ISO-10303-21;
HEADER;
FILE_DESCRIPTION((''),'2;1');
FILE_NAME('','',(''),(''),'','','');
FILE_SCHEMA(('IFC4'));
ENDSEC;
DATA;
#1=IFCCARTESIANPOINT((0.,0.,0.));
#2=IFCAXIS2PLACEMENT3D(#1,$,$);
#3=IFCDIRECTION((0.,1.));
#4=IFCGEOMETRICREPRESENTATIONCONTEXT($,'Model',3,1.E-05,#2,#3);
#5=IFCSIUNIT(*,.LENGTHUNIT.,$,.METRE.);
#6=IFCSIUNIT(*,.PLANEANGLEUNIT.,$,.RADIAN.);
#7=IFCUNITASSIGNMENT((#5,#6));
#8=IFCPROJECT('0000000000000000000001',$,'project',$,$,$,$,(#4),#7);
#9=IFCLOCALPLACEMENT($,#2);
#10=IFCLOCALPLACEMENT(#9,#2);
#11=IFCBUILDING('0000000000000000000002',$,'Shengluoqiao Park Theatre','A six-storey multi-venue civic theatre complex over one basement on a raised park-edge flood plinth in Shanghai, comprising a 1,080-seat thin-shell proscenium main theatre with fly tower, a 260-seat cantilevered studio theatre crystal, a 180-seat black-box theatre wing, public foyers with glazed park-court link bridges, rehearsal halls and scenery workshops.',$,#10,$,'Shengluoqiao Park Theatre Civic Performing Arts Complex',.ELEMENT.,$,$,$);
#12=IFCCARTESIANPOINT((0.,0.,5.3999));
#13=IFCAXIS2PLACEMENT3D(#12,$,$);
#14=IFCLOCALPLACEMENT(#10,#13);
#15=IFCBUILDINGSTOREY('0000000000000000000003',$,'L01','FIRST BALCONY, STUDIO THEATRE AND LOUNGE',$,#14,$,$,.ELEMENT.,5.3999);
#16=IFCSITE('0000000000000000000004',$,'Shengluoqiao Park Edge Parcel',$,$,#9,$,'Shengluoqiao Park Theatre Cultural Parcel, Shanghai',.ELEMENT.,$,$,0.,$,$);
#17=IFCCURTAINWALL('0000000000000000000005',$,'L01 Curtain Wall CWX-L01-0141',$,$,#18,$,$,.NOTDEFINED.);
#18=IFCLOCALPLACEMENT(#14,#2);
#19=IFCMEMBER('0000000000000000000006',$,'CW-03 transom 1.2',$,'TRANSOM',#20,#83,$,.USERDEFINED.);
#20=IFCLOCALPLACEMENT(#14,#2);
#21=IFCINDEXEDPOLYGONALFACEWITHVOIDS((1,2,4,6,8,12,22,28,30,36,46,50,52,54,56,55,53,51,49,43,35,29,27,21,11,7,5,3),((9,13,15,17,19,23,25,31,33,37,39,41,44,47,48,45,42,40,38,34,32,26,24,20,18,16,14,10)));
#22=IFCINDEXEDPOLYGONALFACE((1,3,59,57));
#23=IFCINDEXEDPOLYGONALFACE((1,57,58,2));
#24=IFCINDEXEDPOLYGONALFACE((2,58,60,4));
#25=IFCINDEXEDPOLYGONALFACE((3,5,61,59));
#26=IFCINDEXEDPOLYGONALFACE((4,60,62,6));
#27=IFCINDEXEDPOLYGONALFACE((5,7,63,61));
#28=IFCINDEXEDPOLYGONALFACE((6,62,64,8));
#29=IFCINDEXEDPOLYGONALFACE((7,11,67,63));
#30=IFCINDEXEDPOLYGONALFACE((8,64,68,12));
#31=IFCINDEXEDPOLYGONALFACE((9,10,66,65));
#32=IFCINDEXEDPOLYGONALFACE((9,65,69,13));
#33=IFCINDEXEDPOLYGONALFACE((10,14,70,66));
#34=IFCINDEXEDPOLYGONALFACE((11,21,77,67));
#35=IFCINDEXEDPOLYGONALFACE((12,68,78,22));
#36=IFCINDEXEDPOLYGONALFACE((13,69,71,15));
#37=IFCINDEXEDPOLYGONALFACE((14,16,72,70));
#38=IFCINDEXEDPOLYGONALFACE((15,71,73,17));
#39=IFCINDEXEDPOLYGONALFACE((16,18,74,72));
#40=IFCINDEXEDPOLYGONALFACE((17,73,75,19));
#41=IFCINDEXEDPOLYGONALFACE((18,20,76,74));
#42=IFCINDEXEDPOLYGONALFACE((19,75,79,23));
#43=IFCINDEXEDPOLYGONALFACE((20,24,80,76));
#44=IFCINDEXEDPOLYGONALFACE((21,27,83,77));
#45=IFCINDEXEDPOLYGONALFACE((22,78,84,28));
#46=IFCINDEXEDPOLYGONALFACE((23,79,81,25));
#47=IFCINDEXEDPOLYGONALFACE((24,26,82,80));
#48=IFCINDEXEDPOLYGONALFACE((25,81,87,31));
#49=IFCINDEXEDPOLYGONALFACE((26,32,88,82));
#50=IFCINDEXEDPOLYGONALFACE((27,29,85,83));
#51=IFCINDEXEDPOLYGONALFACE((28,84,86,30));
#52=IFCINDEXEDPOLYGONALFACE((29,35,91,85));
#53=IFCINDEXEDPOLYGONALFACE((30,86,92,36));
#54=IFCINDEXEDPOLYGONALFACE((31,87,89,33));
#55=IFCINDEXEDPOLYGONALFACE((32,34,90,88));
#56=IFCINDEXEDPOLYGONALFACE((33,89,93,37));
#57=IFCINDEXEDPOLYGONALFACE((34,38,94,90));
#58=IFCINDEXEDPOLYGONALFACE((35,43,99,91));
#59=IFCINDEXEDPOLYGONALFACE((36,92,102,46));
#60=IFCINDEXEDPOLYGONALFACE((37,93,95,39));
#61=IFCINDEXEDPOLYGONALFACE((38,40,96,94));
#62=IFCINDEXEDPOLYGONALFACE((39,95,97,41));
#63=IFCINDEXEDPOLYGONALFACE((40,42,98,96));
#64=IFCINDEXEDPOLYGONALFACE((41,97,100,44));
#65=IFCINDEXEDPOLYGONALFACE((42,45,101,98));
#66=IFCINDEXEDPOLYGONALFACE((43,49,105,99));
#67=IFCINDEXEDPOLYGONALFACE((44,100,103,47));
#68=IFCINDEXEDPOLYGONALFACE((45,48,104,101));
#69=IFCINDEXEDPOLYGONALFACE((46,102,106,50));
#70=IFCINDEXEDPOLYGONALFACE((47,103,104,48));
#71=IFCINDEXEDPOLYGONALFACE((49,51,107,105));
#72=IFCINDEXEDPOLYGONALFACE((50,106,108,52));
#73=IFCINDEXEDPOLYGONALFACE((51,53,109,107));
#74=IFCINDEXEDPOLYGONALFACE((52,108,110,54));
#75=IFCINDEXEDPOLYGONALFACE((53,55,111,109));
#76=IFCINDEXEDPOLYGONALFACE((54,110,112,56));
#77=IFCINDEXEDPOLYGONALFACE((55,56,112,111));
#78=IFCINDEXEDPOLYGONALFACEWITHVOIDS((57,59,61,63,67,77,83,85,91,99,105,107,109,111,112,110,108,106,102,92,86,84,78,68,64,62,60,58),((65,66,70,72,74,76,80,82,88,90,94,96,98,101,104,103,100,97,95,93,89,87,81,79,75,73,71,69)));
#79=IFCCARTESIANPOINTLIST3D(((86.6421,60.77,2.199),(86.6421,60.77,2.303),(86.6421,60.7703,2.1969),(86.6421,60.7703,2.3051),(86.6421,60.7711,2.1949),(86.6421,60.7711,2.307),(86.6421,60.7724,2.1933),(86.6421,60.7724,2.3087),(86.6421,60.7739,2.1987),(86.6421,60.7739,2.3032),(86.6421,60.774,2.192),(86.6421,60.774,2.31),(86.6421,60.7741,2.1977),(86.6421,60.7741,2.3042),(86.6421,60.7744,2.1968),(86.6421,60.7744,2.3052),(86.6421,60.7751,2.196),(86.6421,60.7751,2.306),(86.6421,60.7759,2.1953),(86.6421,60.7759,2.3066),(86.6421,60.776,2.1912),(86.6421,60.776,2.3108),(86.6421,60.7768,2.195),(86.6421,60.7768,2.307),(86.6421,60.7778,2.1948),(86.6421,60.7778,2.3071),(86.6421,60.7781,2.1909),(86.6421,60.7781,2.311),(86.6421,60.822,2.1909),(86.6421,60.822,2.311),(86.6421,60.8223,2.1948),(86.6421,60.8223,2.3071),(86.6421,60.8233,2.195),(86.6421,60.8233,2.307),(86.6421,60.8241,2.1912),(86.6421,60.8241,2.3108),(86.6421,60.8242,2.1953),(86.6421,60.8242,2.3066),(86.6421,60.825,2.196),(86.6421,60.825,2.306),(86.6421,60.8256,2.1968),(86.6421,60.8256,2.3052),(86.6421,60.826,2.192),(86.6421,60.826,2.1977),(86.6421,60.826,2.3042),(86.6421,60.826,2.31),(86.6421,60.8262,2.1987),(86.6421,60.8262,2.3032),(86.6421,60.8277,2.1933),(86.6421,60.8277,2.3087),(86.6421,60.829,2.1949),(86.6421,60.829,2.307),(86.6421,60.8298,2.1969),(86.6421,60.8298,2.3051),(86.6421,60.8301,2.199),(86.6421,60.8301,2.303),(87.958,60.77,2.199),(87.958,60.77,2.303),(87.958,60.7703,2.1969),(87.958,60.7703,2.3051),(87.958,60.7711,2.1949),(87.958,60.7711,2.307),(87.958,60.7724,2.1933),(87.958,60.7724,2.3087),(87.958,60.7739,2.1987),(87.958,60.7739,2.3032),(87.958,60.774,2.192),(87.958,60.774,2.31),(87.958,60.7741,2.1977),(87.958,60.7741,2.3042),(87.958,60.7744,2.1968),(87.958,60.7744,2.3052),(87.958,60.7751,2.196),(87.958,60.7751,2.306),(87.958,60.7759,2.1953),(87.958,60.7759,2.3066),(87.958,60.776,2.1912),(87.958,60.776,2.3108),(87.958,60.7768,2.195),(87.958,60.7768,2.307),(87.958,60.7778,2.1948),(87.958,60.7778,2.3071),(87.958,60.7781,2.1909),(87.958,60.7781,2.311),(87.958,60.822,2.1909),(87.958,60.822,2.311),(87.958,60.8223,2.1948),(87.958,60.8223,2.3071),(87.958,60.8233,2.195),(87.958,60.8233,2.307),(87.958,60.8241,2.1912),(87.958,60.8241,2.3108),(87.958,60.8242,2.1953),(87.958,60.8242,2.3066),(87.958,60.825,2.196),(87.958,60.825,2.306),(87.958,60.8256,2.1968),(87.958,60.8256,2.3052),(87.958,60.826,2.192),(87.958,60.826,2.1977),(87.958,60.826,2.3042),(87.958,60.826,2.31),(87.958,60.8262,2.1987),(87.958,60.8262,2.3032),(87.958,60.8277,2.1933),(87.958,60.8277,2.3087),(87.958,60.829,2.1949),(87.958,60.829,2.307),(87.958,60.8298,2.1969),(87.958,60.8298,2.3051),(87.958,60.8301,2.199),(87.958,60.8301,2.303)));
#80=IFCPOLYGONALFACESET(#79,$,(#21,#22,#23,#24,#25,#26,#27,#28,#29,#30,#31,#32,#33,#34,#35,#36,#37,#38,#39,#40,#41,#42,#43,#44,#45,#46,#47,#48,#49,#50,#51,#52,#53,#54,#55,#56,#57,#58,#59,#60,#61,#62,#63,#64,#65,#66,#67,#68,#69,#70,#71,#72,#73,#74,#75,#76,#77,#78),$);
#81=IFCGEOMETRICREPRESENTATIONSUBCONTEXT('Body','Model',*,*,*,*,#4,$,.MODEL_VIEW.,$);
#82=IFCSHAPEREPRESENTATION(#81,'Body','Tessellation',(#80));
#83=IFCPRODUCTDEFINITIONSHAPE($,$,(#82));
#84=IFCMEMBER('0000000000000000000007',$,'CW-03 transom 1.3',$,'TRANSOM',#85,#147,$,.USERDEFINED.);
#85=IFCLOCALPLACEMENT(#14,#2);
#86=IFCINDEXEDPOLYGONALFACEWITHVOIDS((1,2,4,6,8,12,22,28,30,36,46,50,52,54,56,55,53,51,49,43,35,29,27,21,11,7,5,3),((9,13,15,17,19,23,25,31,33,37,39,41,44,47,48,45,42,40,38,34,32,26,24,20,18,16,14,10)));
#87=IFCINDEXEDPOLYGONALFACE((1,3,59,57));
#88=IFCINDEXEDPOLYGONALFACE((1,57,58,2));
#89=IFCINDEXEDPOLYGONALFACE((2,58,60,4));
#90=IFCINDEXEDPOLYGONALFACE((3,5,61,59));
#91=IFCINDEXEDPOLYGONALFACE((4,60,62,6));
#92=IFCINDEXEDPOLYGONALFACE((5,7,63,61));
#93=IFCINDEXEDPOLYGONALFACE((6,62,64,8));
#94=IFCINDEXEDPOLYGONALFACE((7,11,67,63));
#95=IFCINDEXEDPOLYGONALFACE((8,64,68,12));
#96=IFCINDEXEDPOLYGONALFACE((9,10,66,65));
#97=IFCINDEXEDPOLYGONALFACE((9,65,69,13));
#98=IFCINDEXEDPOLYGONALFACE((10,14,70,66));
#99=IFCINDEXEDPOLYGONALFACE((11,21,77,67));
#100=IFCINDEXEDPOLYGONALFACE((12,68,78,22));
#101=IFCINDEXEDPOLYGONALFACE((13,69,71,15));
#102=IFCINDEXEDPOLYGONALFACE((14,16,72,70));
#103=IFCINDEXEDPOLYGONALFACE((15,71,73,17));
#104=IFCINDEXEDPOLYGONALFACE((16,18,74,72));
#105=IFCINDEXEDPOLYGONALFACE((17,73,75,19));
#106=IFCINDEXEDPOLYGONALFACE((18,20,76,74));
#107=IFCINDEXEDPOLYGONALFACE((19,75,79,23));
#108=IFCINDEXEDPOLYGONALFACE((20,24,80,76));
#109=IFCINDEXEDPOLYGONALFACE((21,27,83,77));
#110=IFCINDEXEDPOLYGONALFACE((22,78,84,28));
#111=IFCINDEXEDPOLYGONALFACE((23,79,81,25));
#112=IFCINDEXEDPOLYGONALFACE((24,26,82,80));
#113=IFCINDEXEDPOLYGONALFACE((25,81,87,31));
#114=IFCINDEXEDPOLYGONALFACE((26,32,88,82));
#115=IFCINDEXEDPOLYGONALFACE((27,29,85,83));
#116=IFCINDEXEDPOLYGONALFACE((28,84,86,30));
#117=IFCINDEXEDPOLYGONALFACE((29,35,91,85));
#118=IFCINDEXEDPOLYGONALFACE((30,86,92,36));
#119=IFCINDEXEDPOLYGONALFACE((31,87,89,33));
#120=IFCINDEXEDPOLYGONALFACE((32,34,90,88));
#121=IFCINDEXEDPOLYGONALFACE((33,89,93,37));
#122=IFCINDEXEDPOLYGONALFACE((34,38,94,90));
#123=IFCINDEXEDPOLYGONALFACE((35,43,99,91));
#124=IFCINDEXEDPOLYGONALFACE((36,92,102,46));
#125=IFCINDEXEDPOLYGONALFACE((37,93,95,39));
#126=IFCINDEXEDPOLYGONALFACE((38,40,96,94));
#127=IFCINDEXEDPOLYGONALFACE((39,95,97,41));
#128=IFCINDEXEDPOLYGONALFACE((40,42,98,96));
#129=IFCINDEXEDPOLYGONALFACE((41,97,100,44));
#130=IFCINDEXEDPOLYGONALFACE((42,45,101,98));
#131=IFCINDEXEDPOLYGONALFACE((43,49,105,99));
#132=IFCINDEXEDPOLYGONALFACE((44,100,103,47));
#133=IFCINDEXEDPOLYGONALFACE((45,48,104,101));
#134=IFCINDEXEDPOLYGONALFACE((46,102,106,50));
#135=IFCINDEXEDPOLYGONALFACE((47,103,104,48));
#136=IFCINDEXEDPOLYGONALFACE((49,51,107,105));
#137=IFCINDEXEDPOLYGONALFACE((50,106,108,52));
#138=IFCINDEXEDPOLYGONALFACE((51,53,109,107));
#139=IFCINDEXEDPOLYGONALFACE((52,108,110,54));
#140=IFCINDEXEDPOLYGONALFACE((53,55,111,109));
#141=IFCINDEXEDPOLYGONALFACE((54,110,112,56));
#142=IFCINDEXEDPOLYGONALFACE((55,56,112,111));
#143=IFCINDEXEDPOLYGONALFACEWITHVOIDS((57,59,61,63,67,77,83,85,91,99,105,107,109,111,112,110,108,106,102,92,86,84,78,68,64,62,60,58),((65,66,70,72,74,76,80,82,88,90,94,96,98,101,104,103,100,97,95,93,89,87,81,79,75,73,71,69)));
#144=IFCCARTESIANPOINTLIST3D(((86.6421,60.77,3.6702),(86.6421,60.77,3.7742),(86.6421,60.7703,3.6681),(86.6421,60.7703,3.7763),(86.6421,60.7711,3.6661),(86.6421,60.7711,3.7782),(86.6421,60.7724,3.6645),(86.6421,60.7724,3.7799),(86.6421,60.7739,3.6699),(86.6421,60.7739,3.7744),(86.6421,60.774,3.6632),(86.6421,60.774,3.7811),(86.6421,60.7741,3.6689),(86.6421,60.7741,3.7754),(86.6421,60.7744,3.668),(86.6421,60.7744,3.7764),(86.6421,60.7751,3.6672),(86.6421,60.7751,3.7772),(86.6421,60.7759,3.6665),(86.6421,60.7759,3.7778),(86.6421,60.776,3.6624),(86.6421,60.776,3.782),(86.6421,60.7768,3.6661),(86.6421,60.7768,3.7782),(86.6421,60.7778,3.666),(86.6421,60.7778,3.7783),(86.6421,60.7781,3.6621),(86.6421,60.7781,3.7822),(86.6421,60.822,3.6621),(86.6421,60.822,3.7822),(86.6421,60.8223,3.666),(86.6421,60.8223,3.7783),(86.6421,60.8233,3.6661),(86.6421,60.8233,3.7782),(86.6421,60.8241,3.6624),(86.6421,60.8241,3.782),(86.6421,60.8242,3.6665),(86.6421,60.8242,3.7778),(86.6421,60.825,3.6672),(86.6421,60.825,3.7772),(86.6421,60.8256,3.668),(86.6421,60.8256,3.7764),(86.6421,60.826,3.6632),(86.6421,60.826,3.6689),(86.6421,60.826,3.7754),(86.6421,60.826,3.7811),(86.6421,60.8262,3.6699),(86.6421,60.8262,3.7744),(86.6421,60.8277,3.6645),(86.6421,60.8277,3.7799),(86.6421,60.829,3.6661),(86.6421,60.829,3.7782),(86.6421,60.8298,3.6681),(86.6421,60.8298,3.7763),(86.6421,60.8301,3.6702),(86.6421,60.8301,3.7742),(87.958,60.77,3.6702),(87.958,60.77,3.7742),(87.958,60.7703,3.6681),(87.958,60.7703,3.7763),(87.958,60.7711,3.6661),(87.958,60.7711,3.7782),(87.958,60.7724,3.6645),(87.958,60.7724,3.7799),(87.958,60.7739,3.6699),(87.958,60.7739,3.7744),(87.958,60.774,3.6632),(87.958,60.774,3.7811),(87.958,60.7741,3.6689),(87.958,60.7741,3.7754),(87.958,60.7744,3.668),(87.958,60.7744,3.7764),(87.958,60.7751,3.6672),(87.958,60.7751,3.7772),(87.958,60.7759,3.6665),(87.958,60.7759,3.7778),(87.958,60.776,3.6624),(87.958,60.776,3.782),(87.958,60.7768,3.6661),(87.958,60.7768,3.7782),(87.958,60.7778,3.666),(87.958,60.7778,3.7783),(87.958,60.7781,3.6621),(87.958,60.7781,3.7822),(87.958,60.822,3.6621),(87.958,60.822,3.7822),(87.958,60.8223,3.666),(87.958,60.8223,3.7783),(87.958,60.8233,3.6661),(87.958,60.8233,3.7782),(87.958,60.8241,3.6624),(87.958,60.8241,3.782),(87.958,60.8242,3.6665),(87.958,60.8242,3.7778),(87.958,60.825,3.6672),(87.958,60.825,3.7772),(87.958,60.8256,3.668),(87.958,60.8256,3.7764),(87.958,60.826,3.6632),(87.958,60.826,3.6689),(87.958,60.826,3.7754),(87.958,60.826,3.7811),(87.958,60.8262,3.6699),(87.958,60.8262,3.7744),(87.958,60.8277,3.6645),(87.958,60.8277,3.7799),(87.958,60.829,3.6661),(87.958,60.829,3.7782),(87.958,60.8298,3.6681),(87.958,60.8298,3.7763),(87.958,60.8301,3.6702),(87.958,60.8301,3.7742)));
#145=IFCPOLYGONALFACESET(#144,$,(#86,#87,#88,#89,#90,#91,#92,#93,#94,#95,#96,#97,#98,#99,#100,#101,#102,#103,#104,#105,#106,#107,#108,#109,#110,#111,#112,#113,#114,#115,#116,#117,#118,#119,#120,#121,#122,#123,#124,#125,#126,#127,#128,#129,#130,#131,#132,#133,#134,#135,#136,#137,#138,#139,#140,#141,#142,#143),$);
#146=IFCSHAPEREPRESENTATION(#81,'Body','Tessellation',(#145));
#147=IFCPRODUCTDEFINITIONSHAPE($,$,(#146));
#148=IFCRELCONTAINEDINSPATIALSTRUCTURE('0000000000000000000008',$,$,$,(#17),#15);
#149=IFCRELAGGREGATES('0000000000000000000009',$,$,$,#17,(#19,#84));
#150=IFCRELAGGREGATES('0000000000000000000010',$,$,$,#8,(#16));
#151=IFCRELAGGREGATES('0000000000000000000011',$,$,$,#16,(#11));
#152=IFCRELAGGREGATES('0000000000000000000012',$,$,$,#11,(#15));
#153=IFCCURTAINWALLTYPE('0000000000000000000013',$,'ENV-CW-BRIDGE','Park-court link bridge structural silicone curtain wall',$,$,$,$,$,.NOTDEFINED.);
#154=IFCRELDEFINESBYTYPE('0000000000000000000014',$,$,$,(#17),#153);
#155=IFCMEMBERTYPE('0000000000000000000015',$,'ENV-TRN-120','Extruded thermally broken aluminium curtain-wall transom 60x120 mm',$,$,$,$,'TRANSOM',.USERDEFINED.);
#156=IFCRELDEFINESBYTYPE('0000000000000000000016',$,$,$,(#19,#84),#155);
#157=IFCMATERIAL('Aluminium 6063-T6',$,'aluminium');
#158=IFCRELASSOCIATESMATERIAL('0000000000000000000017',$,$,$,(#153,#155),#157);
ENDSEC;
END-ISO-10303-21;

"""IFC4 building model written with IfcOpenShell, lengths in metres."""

from ifc_helpers import new_model, si_unit, direction, frame, origin, origin_2d, place, context, subcontext, project, spatial, hollow_rectangle, extrude, material, material_profile, profile_set, type_object, element, aggregate, save


model = new_model("IFC4")

# Units and contexts
model_context = context("Model", 3, precision=1e-05, world=origin(), true_north=direction((0.0, 1.0)))
body_context = subcontext(model_context, "Body", "Model", "MODEL_VIEW")
ifc_project = project(units=[si_unit("LENGTHUNIT", "METRE"), si_unit("PLANEANGLEUNIT", "RADIAN")], contexts=[model_context])

# Site, building, storey
site_placement = place(None, origin())
site = spatial("IfcSite", under=ifc_project, at=site_placement, Name="Shengluoqiao Park Edge Parcel", LongName="Shengluoqiao Park Theatre Cultural Parcel, Shanghai", CompositionType="ELEMENT", RefElevation=0.0)
building_placement = place(site_placement, origin())
building = spatial("IfcBuilding", under=site, at=building_placement, Name="Shengluoqiao Park Theatre", Description="A six-storey multi-venue civic theatre complex over one basement on a raised park-edge flood plinth in Shanghai, comprising a 1,080-seat thin-shell proscenium main theatre with fly tower, a 260-seat cantilevered studio theatre crystal, a 180-seat black-box theatre wing, public foyers with glazed park-court link bridges, rehearsal halls and scenery workshops.", LongName="Shengluoqiao Park Theatre Civic Performing Arts Complex", CompositionType="ELEMENT")
storey_placement = place(building_placement, frame((0.0, 0.0, 5.3999)))
storey = spatial("IfcBuildingStorey", under=building, at=storey_placement, Name="L01", Description="FIRST BALCONY, STUDIO THEATRE AND LOUNGE", CompositionType="ELEMENT", Elevation=5.3999)

# Shared definitions
ifc_material_1 = material(Name="Aluminium 6063-T6", Category="aluminium")
curtain_wall_type = type_object("IfcCurtainWallType", Name="ENV-CW-BRIDGE", Description="Park-court link bridge structural silicone curtain wall", PredefinedType="NOTDEFINED", material=ifc_material_1)

# Curtain wall
curtain_wall_1_placement = place(storey_placement, origin())
curtain_wall_1 = element("IfcCurtainWall", 1, at=curtain_wall_1_placement, inside=storey, type_object=curtain_wall_type, Name="L01 Curtain Wall CWX-L01-0141", PredefinedType="NOTDEFINED")

# Members
ifc_material_profile_1 = material_profile(ifc_material_1, hollow_rectangle(XDim=0.0601, YDim=0.1201, WallThickness=0.0039, InnerFilletRadius=0.0039, OuterFilletRadius=0.0081, at=origin_2d()), Name="ALU TRANSOM 120x60x4")
ifc_profile_set_1 = profile_set([ifc_material_profile_1], Name="Aluminium 6063-T6")
member_type_1 = type_object("IfcMemberType", Name="ENV-TRN-120", Description="Extruded thermally broken aluminium curtain-wall transom 60x120 mm", ElementType="TRANSOM", PredefinedType="USERDEFINED", material=ifc_profile_set_1)
member_1_placement = place(storey_placement, frame((86.6421, 60.8, 2.251), z_axis=(1.0, 0.0, 0.0), x_axis=(0.0, 1.0, 0.0)))
member_1 = element("IfcMember", 2, at=member_1_placement, type_object=member_type_1, Name="CW-03 transom 1.2", ObjectType="TRANSOM", PredefinedType="USERDEFINED", context=body_context, shape_type="SweptSolid", body=[
    extrude(hollow_rectangle(XDim=0.0601, YDim=0.1201, WallThickness=0.0039, InnerFilletRadius=0.0039, OuterFilletRadius=0.0081, at=origin_2d()), origin(), (0.0, 0.0, 1.0), 1.3159),
])
member_2_placement = place(storey_placement, frame((86.6421, 60.8, 3.7222), z_axis=(1.0, 0.0, 0.0), x_axis=(0.0, 1.0, 0.0)))
member_2 = element("IfcMember", 3, at=member_2_placement, type_object=member_type_1, Name="CW-03 transom 1.3", ObjectType="TRANSOM", PredefinedType="USERDEFINED", context=body_context, shape_type="SweptSolid", body=[
    extrude(hollow_rectangle(XDim=0.0601, YDim=0.1201, WallThickness=0.0039, InnerFilletRadius=0.0039, OuterFilletRadius=0.0081, at=origin_2d()), origin(), (0.0, 0.0, 1.0), 1.3159),
])

aggregate(curtain_wall_1, [member_1, member_2])

save(model, "model.ifc")
